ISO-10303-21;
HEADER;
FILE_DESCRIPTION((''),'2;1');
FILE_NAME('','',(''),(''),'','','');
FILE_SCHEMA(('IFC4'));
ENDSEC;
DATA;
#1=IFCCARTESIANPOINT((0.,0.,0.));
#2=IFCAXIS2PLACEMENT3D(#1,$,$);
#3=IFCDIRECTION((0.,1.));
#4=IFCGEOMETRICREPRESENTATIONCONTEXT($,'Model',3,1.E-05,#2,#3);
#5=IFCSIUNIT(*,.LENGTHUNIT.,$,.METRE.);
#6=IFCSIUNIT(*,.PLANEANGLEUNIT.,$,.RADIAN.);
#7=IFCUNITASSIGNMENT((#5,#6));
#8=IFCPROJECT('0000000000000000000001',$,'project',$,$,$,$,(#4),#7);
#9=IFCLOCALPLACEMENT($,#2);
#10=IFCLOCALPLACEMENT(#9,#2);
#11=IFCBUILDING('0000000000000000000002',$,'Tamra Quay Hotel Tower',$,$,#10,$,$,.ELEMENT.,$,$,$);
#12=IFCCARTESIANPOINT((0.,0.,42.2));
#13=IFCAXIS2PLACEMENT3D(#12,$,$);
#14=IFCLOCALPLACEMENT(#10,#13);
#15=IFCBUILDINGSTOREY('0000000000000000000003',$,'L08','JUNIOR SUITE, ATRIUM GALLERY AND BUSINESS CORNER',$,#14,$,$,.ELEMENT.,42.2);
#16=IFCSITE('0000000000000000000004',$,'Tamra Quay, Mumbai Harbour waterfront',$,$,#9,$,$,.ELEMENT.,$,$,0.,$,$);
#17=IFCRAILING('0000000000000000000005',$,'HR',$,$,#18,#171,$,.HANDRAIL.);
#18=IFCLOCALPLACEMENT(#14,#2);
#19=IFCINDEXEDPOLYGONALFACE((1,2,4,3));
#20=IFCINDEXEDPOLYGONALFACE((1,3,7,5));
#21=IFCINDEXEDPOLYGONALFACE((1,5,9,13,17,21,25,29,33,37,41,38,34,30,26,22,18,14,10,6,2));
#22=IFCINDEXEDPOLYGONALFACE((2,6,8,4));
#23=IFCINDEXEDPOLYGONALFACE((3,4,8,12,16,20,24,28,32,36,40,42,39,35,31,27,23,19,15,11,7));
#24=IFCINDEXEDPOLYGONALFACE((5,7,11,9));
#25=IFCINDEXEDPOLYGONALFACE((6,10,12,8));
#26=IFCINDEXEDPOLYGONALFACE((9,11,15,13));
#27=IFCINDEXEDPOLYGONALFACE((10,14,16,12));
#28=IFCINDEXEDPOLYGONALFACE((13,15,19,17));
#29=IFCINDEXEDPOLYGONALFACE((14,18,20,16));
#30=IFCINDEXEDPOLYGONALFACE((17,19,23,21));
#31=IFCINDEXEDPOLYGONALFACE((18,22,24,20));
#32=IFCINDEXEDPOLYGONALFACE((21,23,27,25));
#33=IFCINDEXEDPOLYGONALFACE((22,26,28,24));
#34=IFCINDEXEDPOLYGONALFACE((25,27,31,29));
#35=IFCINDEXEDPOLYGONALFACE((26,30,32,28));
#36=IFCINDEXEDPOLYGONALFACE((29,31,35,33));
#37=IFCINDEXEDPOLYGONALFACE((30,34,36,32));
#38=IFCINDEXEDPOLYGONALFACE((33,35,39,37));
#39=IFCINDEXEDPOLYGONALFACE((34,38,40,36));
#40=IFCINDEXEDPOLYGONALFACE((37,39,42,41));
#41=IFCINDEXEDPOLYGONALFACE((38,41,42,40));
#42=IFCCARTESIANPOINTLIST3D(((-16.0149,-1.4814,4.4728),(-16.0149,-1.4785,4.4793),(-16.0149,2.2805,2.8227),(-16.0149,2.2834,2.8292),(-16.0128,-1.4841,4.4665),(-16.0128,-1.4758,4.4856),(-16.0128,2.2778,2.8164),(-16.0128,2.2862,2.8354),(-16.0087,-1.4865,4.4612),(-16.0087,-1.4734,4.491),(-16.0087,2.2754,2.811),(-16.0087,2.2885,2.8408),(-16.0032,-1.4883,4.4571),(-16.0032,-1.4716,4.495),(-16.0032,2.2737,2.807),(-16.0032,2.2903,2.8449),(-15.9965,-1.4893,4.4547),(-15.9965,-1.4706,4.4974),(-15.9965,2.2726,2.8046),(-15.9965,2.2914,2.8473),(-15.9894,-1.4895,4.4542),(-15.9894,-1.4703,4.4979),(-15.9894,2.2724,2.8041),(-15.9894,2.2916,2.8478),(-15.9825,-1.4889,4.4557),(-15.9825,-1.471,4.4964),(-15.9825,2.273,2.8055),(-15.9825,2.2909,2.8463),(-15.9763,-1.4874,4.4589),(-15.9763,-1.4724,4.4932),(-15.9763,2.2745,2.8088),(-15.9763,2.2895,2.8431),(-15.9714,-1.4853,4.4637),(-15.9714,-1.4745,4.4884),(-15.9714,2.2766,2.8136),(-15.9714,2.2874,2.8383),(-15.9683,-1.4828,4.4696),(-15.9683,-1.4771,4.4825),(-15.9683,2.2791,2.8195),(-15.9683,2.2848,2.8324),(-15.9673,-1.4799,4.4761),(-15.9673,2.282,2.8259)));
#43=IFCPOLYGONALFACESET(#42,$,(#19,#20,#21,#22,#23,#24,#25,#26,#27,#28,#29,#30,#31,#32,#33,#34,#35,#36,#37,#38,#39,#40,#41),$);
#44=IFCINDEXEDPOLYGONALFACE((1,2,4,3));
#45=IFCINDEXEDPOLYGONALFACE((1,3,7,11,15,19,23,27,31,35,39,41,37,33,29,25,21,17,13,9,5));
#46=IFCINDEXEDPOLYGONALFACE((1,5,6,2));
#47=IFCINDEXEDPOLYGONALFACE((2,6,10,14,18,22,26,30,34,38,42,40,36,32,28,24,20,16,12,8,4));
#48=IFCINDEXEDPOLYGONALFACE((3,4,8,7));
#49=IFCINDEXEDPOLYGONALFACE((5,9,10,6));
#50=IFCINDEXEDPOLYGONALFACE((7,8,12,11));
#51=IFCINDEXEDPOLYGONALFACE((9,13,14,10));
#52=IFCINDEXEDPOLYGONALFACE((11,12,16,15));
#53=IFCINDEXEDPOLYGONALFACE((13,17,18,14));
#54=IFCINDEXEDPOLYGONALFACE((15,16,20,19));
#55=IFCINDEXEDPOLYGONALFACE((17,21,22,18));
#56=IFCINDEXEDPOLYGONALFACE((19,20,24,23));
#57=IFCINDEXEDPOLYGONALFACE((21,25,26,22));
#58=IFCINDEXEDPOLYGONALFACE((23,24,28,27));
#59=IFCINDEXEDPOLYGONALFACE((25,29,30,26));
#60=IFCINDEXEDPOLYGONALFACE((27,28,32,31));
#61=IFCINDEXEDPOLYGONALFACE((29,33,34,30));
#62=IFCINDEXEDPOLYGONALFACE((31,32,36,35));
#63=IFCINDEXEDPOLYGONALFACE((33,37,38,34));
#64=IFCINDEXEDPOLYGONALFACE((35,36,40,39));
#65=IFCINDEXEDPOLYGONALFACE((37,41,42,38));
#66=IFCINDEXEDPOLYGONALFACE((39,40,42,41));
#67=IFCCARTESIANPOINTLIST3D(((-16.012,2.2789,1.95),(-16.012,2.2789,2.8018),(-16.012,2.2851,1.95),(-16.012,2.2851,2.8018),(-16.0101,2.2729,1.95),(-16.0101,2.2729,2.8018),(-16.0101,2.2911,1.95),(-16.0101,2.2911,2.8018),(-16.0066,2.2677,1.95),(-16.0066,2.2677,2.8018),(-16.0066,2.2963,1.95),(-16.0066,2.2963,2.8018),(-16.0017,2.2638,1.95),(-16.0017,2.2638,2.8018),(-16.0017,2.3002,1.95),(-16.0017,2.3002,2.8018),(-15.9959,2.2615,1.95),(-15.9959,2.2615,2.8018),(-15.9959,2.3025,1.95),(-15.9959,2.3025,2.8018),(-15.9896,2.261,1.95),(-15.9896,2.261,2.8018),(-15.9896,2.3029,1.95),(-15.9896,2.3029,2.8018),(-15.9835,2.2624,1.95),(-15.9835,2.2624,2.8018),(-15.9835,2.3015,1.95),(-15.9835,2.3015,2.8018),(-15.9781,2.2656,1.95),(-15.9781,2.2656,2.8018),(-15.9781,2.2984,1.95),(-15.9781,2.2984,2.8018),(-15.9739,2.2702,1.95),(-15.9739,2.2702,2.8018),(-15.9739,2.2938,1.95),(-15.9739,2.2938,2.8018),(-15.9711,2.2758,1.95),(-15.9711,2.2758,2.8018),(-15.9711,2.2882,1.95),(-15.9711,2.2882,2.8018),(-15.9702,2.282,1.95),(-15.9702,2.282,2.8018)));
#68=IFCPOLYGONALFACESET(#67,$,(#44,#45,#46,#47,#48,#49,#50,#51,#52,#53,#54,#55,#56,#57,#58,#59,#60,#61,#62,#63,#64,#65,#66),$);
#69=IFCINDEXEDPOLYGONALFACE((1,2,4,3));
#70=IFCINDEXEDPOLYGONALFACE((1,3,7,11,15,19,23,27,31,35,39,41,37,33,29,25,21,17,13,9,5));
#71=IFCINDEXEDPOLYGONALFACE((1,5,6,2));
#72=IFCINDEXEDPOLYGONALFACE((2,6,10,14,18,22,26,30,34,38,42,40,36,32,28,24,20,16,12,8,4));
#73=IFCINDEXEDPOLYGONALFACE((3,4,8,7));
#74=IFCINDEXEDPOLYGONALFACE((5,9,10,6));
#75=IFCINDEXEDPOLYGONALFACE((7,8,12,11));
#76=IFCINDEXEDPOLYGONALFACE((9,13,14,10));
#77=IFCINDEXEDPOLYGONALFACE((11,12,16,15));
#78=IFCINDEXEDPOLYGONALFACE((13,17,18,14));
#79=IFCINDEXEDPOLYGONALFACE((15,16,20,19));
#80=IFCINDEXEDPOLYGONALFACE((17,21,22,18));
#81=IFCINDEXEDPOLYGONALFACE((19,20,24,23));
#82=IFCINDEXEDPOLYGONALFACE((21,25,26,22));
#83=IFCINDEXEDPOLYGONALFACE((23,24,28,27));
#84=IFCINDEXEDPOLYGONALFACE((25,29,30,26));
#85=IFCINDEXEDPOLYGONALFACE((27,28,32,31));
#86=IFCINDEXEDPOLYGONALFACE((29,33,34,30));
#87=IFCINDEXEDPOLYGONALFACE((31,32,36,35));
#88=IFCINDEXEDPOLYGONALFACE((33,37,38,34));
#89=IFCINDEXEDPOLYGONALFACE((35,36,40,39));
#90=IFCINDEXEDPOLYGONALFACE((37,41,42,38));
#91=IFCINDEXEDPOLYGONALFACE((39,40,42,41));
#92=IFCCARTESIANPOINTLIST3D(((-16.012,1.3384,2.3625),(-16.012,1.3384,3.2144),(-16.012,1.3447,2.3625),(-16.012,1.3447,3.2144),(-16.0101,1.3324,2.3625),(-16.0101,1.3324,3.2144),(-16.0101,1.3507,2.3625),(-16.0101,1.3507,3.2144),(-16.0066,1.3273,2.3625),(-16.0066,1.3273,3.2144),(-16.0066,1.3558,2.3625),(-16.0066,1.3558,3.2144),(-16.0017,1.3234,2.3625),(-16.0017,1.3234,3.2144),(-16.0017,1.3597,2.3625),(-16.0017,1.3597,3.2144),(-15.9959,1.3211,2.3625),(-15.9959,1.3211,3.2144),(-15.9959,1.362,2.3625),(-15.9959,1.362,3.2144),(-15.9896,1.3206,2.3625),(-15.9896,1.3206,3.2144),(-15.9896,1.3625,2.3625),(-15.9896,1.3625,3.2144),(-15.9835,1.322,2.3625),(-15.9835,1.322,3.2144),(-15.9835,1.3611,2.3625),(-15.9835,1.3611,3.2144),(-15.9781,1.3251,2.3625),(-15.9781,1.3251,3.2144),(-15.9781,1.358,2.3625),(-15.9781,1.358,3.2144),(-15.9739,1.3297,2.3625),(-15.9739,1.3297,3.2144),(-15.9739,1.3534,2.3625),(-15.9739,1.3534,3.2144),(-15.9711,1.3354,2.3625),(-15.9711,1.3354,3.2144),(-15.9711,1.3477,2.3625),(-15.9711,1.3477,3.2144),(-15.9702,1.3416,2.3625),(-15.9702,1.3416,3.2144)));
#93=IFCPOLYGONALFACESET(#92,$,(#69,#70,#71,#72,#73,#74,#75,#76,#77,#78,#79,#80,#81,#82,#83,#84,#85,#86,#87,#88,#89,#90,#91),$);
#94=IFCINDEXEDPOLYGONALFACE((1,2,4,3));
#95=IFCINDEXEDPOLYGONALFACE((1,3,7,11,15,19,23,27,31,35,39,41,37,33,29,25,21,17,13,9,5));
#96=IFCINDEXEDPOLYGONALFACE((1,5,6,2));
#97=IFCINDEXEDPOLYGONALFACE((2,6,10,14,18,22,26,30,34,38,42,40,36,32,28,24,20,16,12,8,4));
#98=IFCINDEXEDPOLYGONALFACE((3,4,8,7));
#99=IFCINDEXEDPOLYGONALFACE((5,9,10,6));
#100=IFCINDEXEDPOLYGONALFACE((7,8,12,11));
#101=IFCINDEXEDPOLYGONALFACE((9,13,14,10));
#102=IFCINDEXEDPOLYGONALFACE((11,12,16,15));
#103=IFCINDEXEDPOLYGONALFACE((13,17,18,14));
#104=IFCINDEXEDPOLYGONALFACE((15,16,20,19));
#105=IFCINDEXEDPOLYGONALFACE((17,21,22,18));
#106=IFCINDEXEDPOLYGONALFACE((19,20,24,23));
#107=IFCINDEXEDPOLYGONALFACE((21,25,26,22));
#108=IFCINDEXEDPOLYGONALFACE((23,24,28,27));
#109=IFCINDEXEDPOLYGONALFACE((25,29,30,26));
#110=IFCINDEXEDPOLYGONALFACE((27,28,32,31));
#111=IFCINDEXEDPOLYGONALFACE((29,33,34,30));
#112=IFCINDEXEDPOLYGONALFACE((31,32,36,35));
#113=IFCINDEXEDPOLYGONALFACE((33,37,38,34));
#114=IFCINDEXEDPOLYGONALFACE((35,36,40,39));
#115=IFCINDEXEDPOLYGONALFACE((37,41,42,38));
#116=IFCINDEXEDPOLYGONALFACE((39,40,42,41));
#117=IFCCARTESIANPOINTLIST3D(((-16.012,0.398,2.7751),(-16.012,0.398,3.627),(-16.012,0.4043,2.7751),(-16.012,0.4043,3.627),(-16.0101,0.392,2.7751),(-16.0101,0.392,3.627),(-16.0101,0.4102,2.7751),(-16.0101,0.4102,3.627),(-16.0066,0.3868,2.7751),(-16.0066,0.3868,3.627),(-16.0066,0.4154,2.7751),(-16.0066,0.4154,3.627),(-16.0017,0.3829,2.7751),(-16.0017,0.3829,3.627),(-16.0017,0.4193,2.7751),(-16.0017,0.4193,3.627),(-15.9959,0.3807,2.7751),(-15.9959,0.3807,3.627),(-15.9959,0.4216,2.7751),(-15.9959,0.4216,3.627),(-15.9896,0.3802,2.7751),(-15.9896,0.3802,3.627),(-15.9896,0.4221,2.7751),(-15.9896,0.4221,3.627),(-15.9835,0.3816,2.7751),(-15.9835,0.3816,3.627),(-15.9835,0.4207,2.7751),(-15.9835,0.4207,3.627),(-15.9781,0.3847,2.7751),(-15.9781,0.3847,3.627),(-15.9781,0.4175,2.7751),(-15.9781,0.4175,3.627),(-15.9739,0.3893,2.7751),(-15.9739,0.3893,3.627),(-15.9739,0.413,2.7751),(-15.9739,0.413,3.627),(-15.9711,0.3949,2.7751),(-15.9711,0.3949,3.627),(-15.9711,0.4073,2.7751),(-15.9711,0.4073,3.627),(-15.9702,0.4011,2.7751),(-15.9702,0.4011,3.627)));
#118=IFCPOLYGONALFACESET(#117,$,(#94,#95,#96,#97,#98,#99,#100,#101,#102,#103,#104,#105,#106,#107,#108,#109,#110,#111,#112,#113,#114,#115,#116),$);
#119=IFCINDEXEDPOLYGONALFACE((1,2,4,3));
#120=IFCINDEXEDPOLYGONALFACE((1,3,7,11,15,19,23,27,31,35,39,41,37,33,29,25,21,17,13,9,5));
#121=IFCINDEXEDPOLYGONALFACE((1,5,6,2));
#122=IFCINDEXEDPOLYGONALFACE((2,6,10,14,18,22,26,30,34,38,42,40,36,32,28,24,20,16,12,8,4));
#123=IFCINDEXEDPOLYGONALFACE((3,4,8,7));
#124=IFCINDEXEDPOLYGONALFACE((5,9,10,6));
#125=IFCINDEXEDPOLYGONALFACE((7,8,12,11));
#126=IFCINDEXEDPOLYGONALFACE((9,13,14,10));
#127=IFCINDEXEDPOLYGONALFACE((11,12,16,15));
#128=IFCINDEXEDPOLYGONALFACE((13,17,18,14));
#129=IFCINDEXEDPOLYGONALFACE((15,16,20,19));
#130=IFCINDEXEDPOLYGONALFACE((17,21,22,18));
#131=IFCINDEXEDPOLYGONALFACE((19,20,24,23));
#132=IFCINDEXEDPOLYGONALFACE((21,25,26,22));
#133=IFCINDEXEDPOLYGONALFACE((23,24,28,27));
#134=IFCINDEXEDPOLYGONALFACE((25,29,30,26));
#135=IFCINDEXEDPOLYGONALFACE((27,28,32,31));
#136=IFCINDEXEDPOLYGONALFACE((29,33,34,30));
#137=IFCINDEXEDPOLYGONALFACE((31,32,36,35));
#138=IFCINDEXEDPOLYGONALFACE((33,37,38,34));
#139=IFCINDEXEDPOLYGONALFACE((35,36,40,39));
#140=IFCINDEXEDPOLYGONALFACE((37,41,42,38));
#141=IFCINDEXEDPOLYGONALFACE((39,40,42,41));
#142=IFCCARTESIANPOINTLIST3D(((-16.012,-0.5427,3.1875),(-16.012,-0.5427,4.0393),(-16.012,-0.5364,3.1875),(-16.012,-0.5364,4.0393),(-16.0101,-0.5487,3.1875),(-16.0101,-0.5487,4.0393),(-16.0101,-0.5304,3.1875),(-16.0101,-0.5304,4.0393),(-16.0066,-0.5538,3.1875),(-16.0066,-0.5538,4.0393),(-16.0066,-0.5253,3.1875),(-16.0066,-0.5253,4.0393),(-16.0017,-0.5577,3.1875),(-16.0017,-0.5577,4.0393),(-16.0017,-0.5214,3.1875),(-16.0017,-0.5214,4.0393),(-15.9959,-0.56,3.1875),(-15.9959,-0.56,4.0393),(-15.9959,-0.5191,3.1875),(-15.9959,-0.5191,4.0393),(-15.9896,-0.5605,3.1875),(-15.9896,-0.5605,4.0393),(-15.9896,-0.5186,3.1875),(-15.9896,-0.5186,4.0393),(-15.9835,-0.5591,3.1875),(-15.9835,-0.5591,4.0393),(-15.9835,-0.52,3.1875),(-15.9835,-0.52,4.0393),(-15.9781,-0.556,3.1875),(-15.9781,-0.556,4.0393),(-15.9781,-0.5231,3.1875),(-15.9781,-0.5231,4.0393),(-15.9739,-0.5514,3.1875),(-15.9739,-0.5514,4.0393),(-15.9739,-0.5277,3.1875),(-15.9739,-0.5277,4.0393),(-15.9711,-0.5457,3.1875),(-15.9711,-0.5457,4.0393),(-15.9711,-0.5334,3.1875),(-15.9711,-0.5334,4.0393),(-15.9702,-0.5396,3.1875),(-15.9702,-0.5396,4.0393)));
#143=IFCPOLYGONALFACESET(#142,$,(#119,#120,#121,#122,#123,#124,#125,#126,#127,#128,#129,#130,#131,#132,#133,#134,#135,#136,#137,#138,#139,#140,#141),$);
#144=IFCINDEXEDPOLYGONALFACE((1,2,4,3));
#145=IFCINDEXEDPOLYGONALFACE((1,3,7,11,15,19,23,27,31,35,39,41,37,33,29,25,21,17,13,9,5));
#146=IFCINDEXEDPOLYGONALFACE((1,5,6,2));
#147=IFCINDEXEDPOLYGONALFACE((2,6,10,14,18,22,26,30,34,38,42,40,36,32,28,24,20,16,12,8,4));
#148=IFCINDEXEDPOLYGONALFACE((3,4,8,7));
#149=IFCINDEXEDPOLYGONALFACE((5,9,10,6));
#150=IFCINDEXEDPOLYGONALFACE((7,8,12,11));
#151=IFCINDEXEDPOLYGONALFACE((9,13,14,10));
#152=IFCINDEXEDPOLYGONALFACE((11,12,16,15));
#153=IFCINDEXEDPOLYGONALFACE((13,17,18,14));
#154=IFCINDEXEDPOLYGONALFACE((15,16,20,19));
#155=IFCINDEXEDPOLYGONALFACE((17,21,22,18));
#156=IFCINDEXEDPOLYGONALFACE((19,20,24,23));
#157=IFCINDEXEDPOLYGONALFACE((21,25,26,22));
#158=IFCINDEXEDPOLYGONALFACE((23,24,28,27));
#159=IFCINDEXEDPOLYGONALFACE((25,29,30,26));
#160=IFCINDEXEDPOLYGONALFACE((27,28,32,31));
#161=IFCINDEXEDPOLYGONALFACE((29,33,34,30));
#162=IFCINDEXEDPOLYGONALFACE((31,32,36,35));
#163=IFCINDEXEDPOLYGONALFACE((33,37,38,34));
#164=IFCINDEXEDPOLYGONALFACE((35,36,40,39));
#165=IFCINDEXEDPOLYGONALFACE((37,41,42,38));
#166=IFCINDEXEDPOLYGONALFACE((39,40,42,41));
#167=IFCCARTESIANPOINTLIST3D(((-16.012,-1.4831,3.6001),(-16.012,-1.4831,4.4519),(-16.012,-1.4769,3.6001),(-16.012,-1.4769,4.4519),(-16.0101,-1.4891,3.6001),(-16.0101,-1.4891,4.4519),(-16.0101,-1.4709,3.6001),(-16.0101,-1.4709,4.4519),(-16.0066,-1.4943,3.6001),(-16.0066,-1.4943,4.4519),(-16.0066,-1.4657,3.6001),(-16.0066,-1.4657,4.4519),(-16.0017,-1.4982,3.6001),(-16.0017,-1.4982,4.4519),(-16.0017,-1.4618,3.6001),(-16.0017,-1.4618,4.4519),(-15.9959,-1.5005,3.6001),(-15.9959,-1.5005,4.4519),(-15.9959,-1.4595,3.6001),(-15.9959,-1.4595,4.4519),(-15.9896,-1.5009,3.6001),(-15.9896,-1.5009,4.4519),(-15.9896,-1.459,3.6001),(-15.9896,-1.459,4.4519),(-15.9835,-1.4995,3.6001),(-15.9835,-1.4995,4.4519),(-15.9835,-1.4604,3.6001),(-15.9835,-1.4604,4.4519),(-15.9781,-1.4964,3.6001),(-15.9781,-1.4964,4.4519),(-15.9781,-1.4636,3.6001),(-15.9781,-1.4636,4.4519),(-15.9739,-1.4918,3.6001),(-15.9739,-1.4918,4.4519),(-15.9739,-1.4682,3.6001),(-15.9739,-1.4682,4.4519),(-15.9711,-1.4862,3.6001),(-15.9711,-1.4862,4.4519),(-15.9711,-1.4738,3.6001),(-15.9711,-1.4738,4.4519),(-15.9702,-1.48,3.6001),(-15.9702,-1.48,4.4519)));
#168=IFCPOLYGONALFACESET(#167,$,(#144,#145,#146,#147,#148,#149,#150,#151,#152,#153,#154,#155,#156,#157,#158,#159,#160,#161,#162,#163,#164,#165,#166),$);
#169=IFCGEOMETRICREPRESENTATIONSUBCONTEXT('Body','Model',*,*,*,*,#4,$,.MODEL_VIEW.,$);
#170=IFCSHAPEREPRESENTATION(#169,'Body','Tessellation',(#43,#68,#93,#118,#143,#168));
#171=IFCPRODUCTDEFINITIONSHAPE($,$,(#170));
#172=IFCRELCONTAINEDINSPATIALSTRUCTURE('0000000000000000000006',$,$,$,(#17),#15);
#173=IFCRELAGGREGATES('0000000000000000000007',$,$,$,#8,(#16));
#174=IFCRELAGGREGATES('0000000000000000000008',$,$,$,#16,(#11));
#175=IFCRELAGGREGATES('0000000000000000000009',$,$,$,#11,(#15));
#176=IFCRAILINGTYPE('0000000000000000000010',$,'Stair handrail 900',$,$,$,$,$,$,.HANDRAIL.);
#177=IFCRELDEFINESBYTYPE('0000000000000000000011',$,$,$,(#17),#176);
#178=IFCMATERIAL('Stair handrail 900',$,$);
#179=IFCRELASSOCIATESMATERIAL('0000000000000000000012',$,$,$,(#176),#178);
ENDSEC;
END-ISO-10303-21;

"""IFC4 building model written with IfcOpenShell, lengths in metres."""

from ifc_helpers import new_model, si_unit, direction, frame, origin, origin_2d, place, context, subcontext, project, spatial, circle, extrude, material, type_object, element, save


model = new_model("IFC4")

# Units and contexts
model_context = context("Model", 3, precision=1e-05, world=origin(), true_north=direction((0.0, 1.0)))
body_context = subcontext(model_context, "Body", "Model", "MODEL_VIEW")
ifc_project = project(units=[si_unit("LENGTHUNIT", "METRE"), si_unit("PLANEANGLEUNIT", "RADIAN")], contexts=[model_context])

# Site, building, storey
site_placement = place(None, origin())
site = spatial("IfcSite", under=ifc_project, at=site_placement, Name="Tamra Quay, Mumbai Harbour waterfront", CompositionType="ELEMENT", RefElevation=0.0)
building_placement = place(site_placement, origin())
building = spatial("IfcBuilding", under=site, at=building_placement, Name="Tamra Quay Hotel Tower", CompositionType="ELEMENT")
storey_placement = place(building_placement, frame((0.0, 0.0, 42.2)))
storey = spatial("IfcBuildingStorey", under=building, at=storey_placement, Name="L08", Description="JUNIOR SUITE, ATRIUM GALLERY AND BUSINESS CORNER", CompositionType="ELEMENT", Elevation=42.2)

# Railing
ifc_material_1 = material(Name="Stair handrail 900")
railing_type = type_object("IfcRailingType", Name="Stair handrail 900", PredefinedType="HANDRAIL", material=ifc_material_1)
railing_placement = place(storey_placement, frame((-15.9912, 2.282, 1.95)))
element("IfcRailing", 1, at=railing_placement, inside=storey, type_object=railing_type, Name="HR", PredefinedType="HANDRAIL", context=body_context, shape_type="SweptSolid", body=[
    extrude(circle(Radius=0.0239, at=origin_2d()), frame((0.0, 0.0, 0.876), z_axis=(0.0, -0.915774, 0.401695), x_axis=(1.0, 0.0, 0.0)), (0.0, 0.0, 1.0), 4.1079),
    extrude(circle(Radius=0.021, at=origin_2d()), origin(), (0.0, 0.0, 1.0), 0.8518),
    extrude(circle(Radius=0.021, at=origin_2d()), frame((0.0, -0.9404, 0.4126)), (0.0, 0.0, 1.0), 0.8518),
    extrude(circle(Radius=0.021, at=origin_2d()), frame((0.0, -1.8809, 0.8252)), (0.0, 0.0, 1.0), 0.8518),
    extrude(circle(Radius=0.021, at=origin_2d()), frame((0.0, -2.8215, 1.2375)), (0.0, 0.0, 1.0), 0.8518),
    extrude(circle(Radius=0.021, at=origin_2d()), frame((0.0, -3.762, 1.6501)), (0.0, 0.0, 1.0), 0.8518),
])

save(model, "model.ifc")
